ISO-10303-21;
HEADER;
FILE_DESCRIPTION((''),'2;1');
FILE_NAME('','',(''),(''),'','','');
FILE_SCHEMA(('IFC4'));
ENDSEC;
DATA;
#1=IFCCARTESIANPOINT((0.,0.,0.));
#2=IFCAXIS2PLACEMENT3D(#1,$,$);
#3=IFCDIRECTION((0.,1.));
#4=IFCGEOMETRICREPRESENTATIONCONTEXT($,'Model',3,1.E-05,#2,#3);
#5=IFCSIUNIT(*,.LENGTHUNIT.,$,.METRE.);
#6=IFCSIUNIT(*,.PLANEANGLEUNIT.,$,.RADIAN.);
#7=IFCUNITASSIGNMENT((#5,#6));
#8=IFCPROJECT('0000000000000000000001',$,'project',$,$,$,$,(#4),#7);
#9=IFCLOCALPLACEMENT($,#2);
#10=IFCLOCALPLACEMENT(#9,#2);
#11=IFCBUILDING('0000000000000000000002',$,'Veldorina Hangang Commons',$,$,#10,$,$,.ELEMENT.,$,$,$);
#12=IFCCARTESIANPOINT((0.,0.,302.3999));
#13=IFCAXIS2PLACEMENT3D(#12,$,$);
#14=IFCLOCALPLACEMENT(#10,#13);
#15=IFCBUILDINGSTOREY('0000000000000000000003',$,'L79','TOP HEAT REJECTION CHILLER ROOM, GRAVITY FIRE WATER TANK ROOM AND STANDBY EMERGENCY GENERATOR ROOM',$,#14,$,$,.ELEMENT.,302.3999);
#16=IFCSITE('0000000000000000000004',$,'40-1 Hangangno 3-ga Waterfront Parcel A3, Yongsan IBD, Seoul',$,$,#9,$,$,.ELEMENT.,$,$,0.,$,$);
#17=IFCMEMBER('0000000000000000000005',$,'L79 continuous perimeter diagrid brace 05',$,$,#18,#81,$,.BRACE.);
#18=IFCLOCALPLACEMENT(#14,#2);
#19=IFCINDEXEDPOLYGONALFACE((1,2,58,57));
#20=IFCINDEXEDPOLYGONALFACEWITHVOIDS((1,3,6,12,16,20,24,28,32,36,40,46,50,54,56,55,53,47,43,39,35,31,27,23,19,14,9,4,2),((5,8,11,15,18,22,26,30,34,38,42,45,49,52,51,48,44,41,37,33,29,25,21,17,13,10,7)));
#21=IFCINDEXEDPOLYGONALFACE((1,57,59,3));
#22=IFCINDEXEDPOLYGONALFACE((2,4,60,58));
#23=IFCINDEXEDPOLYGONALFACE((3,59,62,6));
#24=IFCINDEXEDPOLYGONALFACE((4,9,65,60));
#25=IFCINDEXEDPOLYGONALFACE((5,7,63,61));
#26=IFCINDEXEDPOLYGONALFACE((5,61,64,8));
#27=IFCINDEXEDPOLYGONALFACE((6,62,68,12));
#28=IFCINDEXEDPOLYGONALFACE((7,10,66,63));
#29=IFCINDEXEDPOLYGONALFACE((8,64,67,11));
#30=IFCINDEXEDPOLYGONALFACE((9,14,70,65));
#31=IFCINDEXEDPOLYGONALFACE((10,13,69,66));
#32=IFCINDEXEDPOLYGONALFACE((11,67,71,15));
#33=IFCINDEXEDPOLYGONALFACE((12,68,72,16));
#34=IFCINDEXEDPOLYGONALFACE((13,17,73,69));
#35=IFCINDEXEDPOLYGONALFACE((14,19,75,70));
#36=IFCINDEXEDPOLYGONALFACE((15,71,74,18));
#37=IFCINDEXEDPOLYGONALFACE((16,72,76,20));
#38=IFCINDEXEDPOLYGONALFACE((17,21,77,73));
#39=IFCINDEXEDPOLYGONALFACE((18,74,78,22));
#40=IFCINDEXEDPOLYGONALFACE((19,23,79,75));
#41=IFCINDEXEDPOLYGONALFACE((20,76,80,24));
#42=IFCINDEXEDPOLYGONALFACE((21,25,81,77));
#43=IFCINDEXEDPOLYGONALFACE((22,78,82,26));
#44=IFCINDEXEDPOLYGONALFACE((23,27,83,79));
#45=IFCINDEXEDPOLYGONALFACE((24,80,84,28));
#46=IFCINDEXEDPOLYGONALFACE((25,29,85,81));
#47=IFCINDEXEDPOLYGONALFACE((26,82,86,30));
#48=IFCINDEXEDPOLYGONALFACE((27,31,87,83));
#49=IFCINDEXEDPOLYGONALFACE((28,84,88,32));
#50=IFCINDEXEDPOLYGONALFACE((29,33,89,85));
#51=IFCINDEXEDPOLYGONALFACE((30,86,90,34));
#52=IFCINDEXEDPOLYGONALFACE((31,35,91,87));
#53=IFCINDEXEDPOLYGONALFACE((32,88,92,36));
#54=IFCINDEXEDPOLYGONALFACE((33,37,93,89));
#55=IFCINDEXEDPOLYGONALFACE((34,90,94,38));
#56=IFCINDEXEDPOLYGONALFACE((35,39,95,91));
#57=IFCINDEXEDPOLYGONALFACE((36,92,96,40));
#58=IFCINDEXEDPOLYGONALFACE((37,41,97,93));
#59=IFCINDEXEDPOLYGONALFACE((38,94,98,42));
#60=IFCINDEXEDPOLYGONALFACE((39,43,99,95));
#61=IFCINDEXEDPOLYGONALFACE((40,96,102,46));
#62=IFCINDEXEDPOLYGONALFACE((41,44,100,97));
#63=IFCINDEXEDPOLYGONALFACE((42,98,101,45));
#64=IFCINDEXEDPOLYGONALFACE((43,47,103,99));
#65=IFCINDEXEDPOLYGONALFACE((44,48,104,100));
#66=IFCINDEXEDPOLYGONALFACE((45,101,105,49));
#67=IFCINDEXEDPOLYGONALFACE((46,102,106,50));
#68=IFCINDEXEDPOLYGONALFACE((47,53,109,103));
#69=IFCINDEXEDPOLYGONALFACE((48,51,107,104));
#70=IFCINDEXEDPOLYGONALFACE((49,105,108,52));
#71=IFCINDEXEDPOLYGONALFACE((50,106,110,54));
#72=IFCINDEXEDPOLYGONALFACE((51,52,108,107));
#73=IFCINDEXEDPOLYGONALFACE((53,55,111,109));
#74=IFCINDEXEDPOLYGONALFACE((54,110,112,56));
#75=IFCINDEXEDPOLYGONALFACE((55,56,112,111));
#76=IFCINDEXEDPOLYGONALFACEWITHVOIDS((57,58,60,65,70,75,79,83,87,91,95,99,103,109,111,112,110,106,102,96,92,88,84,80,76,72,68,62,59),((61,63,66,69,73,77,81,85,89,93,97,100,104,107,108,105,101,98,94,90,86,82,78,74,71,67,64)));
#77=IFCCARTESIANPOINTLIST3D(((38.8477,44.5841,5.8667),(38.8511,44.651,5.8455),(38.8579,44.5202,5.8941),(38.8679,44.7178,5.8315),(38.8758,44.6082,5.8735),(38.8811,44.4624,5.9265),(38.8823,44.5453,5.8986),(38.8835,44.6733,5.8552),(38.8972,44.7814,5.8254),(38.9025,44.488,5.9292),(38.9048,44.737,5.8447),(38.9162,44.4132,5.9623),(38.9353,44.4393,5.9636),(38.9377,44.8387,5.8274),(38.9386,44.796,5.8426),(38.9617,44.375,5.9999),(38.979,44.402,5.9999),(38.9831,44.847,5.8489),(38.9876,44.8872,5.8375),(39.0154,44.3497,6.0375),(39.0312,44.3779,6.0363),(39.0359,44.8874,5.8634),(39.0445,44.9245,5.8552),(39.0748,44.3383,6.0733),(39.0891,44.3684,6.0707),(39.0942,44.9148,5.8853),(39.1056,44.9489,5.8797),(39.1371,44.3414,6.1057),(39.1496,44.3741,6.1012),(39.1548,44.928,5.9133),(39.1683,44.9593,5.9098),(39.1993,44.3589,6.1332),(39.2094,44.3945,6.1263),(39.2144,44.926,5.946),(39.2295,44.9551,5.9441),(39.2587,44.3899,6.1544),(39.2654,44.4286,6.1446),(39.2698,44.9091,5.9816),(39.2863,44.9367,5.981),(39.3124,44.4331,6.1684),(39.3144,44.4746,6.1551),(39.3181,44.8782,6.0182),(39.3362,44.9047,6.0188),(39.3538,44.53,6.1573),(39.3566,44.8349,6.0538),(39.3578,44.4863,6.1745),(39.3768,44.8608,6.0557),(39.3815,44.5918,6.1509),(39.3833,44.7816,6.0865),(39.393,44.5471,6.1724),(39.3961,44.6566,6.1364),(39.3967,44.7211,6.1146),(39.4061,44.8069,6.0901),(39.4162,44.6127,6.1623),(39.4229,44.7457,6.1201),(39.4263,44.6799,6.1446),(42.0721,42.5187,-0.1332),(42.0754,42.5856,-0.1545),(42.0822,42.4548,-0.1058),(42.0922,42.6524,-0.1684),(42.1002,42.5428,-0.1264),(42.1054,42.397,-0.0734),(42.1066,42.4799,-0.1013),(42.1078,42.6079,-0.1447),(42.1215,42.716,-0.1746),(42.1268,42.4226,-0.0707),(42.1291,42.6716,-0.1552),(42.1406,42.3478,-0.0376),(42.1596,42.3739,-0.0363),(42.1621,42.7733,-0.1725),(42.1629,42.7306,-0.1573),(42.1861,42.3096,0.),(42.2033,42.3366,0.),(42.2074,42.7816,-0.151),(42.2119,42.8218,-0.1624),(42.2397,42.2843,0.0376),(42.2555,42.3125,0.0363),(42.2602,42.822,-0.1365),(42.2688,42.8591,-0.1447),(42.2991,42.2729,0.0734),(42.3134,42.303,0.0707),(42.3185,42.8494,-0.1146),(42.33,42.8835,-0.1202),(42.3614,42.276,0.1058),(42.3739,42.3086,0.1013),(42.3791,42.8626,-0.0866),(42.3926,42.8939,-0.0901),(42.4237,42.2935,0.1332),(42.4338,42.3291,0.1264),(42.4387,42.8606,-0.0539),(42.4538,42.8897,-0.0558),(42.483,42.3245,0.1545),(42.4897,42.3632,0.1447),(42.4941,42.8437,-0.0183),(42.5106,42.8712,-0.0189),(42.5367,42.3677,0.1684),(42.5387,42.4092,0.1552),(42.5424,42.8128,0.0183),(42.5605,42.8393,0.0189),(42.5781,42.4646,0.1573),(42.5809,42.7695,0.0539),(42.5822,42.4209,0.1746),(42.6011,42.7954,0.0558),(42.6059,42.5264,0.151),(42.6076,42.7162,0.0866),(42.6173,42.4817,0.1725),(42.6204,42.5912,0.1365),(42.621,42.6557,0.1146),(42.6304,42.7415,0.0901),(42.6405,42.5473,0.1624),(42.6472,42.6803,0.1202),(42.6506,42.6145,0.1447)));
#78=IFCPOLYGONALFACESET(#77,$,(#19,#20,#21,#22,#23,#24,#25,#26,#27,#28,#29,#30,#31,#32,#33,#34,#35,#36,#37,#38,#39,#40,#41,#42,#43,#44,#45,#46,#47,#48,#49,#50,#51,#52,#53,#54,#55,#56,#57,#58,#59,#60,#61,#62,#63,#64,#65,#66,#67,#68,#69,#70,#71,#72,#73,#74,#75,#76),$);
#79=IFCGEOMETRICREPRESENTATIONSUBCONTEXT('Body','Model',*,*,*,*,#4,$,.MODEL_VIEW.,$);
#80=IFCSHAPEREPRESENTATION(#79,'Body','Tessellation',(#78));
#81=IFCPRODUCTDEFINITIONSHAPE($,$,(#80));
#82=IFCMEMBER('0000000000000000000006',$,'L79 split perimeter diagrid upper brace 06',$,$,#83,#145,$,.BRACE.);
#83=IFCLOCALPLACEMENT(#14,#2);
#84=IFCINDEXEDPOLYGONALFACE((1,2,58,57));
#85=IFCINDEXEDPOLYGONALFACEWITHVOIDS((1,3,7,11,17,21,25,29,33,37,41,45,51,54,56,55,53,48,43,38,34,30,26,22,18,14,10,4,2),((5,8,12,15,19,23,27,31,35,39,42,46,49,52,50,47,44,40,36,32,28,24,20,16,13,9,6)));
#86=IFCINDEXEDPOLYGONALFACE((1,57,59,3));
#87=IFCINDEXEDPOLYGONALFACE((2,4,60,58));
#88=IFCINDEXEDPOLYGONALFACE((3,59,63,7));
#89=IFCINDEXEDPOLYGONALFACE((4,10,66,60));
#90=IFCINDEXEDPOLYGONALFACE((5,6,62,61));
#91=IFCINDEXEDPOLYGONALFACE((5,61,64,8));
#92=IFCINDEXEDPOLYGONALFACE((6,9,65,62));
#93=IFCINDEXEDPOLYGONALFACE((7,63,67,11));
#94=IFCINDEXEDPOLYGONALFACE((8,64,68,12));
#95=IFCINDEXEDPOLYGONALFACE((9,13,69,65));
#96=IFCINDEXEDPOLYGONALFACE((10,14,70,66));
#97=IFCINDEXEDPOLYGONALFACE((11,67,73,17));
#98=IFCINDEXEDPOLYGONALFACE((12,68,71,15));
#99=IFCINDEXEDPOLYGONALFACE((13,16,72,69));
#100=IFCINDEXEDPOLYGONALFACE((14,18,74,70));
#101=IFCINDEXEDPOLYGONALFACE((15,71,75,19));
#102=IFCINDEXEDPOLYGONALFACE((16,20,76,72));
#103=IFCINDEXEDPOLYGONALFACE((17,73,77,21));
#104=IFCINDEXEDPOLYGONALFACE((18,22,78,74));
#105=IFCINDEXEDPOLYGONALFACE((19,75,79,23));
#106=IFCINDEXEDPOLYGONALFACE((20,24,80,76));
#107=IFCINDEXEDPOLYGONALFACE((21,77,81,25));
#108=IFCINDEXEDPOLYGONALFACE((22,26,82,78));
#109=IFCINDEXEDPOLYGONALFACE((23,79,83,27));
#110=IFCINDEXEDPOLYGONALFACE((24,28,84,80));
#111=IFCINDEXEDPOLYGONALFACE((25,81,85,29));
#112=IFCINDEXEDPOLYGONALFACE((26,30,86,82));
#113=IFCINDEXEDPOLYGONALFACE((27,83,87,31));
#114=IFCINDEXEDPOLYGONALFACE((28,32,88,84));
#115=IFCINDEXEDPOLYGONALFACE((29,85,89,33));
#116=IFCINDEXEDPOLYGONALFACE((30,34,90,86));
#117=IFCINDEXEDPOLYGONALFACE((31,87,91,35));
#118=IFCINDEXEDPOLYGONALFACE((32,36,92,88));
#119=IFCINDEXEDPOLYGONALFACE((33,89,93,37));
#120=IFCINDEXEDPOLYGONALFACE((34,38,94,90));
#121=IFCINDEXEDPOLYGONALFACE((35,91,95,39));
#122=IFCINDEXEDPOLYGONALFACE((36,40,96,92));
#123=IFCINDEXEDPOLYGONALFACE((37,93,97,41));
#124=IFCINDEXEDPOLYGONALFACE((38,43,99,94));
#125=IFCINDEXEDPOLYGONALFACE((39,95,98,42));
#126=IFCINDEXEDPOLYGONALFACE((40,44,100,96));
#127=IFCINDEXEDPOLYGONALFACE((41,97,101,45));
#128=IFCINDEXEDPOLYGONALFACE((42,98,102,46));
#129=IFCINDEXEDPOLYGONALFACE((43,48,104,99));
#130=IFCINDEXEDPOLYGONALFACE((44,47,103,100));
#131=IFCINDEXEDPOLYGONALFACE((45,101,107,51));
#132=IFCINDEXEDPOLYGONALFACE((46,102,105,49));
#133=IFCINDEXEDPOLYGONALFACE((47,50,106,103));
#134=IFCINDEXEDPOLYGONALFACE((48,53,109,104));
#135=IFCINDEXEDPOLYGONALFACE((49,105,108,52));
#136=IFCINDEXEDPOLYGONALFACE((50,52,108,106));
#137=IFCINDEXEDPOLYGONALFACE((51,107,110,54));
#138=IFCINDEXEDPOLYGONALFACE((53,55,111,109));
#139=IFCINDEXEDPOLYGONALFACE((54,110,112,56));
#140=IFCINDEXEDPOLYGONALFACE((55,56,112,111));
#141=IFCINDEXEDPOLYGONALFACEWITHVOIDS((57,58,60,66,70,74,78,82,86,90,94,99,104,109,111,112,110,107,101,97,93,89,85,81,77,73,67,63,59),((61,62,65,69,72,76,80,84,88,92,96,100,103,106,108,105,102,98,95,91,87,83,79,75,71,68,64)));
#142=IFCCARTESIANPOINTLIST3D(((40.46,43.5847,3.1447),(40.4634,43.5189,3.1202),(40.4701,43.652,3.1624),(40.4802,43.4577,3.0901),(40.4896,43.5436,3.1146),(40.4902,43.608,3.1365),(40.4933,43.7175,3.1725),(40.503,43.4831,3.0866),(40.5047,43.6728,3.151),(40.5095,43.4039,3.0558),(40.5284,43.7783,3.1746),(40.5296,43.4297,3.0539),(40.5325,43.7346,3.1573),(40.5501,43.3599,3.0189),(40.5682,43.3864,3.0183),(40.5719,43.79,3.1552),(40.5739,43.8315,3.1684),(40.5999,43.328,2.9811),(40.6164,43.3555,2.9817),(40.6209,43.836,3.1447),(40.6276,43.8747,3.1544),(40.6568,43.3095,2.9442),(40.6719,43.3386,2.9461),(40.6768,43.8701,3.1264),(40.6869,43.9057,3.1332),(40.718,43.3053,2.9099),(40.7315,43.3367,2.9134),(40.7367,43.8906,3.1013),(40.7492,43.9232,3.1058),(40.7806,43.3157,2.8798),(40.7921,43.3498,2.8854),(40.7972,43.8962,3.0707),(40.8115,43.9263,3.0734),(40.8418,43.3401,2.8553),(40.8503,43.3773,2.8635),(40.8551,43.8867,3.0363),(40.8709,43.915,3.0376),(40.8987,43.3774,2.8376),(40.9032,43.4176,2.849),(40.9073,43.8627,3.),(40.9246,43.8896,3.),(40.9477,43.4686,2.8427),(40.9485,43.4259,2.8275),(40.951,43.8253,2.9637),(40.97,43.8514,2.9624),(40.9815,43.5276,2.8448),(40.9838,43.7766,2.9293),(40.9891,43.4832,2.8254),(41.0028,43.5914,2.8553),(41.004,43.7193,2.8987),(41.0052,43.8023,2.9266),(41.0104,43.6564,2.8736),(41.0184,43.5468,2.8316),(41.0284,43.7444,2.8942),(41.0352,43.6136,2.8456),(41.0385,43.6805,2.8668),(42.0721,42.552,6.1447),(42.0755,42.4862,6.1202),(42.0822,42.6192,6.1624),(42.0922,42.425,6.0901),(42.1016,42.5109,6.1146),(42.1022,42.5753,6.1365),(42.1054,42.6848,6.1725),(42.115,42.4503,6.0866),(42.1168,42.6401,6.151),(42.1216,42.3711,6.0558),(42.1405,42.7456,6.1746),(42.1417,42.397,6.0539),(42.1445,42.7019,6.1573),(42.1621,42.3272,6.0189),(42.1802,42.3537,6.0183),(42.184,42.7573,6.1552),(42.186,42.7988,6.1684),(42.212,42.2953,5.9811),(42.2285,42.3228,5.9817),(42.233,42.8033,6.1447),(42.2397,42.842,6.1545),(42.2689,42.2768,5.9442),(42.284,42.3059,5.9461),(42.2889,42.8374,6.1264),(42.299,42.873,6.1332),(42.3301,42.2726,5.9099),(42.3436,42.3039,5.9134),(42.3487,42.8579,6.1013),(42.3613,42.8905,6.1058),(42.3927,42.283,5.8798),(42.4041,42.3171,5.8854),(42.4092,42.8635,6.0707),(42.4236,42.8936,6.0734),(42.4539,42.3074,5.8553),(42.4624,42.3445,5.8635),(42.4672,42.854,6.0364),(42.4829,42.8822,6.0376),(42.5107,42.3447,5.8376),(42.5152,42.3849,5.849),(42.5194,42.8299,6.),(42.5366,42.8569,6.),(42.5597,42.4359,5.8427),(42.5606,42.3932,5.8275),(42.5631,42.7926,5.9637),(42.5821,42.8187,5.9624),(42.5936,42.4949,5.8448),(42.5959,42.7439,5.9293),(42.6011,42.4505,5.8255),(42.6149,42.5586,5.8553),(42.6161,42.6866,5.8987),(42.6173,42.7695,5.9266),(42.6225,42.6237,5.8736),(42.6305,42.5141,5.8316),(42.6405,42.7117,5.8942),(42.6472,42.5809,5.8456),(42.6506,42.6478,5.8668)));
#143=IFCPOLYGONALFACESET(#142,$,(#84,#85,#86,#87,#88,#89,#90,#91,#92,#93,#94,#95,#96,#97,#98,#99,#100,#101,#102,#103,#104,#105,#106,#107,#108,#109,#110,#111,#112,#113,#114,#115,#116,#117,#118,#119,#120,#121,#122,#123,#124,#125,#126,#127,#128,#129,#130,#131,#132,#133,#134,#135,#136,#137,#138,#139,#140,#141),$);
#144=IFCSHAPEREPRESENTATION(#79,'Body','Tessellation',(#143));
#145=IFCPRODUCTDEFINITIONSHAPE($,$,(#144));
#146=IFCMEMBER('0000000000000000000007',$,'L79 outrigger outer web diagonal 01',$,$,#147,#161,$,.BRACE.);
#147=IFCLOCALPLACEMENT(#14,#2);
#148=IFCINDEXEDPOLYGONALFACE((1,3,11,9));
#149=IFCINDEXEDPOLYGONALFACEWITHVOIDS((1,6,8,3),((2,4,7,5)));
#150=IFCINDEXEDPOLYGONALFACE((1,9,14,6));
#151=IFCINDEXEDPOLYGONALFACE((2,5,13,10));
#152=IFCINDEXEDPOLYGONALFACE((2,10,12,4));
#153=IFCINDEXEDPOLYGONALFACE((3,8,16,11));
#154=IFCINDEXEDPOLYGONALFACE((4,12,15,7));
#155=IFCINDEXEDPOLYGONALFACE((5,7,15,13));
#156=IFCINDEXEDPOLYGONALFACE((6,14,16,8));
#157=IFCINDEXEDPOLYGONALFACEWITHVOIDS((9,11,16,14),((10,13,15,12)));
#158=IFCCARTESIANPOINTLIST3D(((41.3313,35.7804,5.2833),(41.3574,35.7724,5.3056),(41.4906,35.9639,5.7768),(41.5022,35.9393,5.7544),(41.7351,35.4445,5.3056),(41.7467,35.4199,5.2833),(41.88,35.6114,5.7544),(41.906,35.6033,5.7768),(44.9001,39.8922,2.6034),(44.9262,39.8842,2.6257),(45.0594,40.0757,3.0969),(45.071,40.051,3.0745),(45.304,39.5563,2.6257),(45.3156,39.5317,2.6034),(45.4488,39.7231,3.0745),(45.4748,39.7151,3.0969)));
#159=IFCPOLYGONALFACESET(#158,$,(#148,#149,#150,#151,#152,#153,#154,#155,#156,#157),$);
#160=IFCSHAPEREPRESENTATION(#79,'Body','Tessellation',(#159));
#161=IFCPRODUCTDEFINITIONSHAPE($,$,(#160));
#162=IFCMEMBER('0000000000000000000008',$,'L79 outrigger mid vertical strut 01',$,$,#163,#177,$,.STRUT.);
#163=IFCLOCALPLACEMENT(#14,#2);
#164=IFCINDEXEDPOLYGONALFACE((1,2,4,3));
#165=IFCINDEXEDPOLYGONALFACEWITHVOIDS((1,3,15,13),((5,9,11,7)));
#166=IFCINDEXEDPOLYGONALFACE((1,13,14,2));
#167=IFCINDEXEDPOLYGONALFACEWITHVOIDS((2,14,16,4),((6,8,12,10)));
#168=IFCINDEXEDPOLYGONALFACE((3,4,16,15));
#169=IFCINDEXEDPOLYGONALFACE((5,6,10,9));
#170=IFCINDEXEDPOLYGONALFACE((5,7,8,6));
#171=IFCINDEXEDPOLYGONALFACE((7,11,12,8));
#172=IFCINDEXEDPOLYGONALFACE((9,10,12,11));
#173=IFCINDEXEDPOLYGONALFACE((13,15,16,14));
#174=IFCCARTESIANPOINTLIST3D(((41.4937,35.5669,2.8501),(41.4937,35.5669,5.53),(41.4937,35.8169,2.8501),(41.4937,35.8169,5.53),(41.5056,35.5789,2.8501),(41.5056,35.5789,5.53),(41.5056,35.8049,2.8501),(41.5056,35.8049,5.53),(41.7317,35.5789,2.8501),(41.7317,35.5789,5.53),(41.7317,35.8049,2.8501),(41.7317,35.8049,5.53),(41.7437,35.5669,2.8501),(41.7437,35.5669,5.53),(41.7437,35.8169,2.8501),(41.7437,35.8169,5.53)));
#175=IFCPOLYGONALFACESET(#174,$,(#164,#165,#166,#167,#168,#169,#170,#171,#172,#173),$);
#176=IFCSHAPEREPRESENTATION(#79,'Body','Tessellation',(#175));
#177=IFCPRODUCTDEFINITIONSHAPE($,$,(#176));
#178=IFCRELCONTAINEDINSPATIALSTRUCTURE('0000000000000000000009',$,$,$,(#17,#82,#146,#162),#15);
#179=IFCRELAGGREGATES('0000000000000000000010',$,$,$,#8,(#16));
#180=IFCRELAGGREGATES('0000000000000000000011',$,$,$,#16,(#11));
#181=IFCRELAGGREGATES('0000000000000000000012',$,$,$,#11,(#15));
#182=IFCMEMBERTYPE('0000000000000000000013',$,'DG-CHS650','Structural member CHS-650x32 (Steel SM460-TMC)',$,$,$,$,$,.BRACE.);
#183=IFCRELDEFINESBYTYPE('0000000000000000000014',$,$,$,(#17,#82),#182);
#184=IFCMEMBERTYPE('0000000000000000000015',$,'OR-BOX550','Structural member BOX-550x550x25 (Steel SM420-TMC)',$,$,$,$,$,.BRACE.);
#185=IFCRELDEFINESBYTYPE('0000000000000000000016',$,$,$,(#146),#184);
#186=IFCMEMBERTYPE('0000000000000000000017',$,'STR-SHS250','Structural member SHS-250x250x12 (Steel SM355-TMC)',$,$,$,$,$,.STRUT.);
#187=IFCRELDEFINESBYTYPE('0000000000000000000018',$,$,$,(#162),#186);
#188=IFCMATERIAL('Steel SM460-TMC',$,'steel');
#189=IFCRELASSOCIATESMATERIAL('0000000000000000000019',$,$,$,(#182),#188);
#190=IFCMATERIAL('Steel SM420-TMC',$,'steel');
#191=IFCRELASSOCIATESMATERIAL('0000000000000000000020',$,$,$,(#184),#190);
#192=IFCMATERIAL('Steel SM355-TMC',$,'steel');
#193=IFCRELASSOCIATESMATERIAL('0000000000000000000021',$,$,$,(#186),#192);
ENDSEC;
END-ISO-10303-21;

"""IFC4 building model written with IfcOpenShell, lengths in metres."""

from ifc_helpers import new_model, si_unit, direction, frame, origin, origin_2d, place, context, subcontext, project, spatial, hollow_rectangle, hollow_circle, extrude, material, material_profile, profile_set, type_object, element, save


model = new_model("IFC4")

# Units and contexts
model_context = context("Model", 3, precision=1e-05, world=origin(), true_north=direction((0.0, 1.0)))
body_context = subcontext(model_context, "Body", "Model", "MODEL_VIEW")
ifc_project = project(units=[si_unit("LENGTHUNIT", "METRE"), si_unit("PLANEANGLEUNIT", "RADIAN")], contexts=[model_context])

# Site, building, storey
site_placement = place(None, origin())
site = spatial("IfcSite", under=ifc_project, at=site_placement, Name="40-1 Hangangno 3-ga Waterfront Parcel A3, Yongsan IBD, Seoul", CompositionType="ELEMENT", RefElevation=0.0)
building_placement = place(site_placement, origin())
building = spatial("IfcBuilding", under=site, at=building_placement, Name="Veldorina Hangang Commons", CompositionType="ELEMENT")
storey_placement = place(building_placement, frame((0.0, 0.0, 302.3999)))
storey = spatial("IfcBuildingStorey", under=building, at=storey_placement, Name="L79", Description="TOP HEAT REJECTION CHILLER ROOM, GRAVITY FIRE WATER TANK ROOM AND STANDBY EMERGENCY GENERATOR ROOM", CompositionType="ELEMENT", Elevation=302.3999)

# Shared definitions
ifc_material_1 = material(Name="Steel SM460-TMC", Category="steel")
ifc_material_2 = material(Name="Steel SM355-TMC", Category="steel")

# Members
ifc_material_profile_1 = material_profile(ifc_material_1, hollow_circle(Radius=0.325, WallThickness=0.032, at=origin_2d()), Name="CHS-650x32")
ifc_profile_set_1 = profile_set([ifc_material_profile_1], Name="Steel SM460-TMC")
member_type_1 = type_object("IfcMemberType", Name="DG-CHS650", Description="Structural member CHS-650x32 (Steel SM460-TMC)", PredefinedType="BRACE", material=ifc_profile_set_1)
member_1_placement = place(storey_placement, frame((42.3613, 42.5833, 0.0), z_axis=(-0.453003, 0.29018, 0.842962), x_axis=(-0.539394, -0.842054, 0.0)))
element("IfcMember", 1, at=member_1_placement, inside=storey, type_object=member_type_1, Name="L79 continuous perimeter diagrid brace 05", PredefinedType="BRACE", context=body_context, shape_type="SweptSolid", body=[
    extrude(hollow_circle(Radius=0.325, WallThickness=0.032, at=origin_2d()), origin(), (0.0, 0.0, 1.0), 7.1177),
])
member_2_placement = place(storey_placement, frame((40.7493, 43.616, 3.0), z_axis=(0.452975, -0.290184, 0.842975), x_axis=(0.539423, 0.842035, 0.0)))
element("IfcMember", 2, at=member_2_placement, inside=storey, type_object=member_type_1, Name="L79 split perimeter diagrid upper brace 06", PredefinedType="BRACE", context=body_context, shape_type="SweptSolid", body=[
    extrude(hollow_circle(Radius=0.325, WallThickness=0.032, at=origin_2d()), origin(), (0.0, 0.0, 1.0), 3.5588),
])
ifc_material_3 = material(Name="Steel SM420-TMC", Category="steel")
ifc_material_profile_2 = material_profile(ifc_material_3, hollow_rectangle(XDim=0.55, YDim=0.55, WallThickness=0.0249, at=origin_2d()), Name="BOX-550x550x25")
ifc_profile_set_2 = profile_set([ifc_material_profile_2], Name="Steel SM420-TMC")
member_type_2 = type_object("IfcMemberType", Name="OR-BOX550", Description="Structural member BOX-550x550x25 (Steel SM420-TMC)", PredefinedType="BRACE", material=ifc_profile_set_2)
member_3_placement = place(storey_placement, frame((41.6187, 35.6919, 5.53), z_axis=(0.588101, 0.677576, -0.441619), x_axis=(-0.75521, 0.655483, 0.0)))
element("IfcMember", 3, at=member_3_placement, inside=storey, type_object=member_type_2, Name="L79 outrigger outer web diagonal 01", PredefinedType="BRACE", context=body_context, shape_type="SweptSolid", body=[
    extrude(hollow_rectangle(XDim=0.55, YDim=0.55, WallThickness=0.0249, at=origin_2d()), origin(), (0.0, 0.0, 1.0), 6.0684),
])
ifc_material_profile_3 = material_profile(ifc_material_2, hollow_rectangle(XDim=0.25, YDim=0.25, WallThickness=0.012, at=origin_2d()), Name="SHS-250x250x12")
ifc_profile_set_3 = profile_set([ifc_material_profile_3], Name="Steel SM355-TMC")
member_type_3 = type_object("IfcMemberType", Name="STR-SHS250", Description="Structural member SHS-250x250x12 (Steel SM355-TMC)", PredefinedType="STRUT", material=ifc_profile_set_3)
member_4_placement = place(storey_placement, frame((41.6187, 35.6919, 2.8501), z_axis=(0.0, 0.0, 1.0), x_axis=(1.0, 0.0, 0.0)))
element("IfcMember", 4, at=member_4_placement, inside=storey, type_object=member_type_3, Name="L79 outrigger mid vertical strut 01", PredefinedType="STRUT", context=body_context, shape_type="SweptSolid", body=[
    extrude(hollow_rectangle(XDim=0.25, YDim=0.25, WallThickness=0.012, at=origin_2d()), origin(), (0.0, 0.0, 1.0), 2.6799),
])

save(model, "model.ifc")
